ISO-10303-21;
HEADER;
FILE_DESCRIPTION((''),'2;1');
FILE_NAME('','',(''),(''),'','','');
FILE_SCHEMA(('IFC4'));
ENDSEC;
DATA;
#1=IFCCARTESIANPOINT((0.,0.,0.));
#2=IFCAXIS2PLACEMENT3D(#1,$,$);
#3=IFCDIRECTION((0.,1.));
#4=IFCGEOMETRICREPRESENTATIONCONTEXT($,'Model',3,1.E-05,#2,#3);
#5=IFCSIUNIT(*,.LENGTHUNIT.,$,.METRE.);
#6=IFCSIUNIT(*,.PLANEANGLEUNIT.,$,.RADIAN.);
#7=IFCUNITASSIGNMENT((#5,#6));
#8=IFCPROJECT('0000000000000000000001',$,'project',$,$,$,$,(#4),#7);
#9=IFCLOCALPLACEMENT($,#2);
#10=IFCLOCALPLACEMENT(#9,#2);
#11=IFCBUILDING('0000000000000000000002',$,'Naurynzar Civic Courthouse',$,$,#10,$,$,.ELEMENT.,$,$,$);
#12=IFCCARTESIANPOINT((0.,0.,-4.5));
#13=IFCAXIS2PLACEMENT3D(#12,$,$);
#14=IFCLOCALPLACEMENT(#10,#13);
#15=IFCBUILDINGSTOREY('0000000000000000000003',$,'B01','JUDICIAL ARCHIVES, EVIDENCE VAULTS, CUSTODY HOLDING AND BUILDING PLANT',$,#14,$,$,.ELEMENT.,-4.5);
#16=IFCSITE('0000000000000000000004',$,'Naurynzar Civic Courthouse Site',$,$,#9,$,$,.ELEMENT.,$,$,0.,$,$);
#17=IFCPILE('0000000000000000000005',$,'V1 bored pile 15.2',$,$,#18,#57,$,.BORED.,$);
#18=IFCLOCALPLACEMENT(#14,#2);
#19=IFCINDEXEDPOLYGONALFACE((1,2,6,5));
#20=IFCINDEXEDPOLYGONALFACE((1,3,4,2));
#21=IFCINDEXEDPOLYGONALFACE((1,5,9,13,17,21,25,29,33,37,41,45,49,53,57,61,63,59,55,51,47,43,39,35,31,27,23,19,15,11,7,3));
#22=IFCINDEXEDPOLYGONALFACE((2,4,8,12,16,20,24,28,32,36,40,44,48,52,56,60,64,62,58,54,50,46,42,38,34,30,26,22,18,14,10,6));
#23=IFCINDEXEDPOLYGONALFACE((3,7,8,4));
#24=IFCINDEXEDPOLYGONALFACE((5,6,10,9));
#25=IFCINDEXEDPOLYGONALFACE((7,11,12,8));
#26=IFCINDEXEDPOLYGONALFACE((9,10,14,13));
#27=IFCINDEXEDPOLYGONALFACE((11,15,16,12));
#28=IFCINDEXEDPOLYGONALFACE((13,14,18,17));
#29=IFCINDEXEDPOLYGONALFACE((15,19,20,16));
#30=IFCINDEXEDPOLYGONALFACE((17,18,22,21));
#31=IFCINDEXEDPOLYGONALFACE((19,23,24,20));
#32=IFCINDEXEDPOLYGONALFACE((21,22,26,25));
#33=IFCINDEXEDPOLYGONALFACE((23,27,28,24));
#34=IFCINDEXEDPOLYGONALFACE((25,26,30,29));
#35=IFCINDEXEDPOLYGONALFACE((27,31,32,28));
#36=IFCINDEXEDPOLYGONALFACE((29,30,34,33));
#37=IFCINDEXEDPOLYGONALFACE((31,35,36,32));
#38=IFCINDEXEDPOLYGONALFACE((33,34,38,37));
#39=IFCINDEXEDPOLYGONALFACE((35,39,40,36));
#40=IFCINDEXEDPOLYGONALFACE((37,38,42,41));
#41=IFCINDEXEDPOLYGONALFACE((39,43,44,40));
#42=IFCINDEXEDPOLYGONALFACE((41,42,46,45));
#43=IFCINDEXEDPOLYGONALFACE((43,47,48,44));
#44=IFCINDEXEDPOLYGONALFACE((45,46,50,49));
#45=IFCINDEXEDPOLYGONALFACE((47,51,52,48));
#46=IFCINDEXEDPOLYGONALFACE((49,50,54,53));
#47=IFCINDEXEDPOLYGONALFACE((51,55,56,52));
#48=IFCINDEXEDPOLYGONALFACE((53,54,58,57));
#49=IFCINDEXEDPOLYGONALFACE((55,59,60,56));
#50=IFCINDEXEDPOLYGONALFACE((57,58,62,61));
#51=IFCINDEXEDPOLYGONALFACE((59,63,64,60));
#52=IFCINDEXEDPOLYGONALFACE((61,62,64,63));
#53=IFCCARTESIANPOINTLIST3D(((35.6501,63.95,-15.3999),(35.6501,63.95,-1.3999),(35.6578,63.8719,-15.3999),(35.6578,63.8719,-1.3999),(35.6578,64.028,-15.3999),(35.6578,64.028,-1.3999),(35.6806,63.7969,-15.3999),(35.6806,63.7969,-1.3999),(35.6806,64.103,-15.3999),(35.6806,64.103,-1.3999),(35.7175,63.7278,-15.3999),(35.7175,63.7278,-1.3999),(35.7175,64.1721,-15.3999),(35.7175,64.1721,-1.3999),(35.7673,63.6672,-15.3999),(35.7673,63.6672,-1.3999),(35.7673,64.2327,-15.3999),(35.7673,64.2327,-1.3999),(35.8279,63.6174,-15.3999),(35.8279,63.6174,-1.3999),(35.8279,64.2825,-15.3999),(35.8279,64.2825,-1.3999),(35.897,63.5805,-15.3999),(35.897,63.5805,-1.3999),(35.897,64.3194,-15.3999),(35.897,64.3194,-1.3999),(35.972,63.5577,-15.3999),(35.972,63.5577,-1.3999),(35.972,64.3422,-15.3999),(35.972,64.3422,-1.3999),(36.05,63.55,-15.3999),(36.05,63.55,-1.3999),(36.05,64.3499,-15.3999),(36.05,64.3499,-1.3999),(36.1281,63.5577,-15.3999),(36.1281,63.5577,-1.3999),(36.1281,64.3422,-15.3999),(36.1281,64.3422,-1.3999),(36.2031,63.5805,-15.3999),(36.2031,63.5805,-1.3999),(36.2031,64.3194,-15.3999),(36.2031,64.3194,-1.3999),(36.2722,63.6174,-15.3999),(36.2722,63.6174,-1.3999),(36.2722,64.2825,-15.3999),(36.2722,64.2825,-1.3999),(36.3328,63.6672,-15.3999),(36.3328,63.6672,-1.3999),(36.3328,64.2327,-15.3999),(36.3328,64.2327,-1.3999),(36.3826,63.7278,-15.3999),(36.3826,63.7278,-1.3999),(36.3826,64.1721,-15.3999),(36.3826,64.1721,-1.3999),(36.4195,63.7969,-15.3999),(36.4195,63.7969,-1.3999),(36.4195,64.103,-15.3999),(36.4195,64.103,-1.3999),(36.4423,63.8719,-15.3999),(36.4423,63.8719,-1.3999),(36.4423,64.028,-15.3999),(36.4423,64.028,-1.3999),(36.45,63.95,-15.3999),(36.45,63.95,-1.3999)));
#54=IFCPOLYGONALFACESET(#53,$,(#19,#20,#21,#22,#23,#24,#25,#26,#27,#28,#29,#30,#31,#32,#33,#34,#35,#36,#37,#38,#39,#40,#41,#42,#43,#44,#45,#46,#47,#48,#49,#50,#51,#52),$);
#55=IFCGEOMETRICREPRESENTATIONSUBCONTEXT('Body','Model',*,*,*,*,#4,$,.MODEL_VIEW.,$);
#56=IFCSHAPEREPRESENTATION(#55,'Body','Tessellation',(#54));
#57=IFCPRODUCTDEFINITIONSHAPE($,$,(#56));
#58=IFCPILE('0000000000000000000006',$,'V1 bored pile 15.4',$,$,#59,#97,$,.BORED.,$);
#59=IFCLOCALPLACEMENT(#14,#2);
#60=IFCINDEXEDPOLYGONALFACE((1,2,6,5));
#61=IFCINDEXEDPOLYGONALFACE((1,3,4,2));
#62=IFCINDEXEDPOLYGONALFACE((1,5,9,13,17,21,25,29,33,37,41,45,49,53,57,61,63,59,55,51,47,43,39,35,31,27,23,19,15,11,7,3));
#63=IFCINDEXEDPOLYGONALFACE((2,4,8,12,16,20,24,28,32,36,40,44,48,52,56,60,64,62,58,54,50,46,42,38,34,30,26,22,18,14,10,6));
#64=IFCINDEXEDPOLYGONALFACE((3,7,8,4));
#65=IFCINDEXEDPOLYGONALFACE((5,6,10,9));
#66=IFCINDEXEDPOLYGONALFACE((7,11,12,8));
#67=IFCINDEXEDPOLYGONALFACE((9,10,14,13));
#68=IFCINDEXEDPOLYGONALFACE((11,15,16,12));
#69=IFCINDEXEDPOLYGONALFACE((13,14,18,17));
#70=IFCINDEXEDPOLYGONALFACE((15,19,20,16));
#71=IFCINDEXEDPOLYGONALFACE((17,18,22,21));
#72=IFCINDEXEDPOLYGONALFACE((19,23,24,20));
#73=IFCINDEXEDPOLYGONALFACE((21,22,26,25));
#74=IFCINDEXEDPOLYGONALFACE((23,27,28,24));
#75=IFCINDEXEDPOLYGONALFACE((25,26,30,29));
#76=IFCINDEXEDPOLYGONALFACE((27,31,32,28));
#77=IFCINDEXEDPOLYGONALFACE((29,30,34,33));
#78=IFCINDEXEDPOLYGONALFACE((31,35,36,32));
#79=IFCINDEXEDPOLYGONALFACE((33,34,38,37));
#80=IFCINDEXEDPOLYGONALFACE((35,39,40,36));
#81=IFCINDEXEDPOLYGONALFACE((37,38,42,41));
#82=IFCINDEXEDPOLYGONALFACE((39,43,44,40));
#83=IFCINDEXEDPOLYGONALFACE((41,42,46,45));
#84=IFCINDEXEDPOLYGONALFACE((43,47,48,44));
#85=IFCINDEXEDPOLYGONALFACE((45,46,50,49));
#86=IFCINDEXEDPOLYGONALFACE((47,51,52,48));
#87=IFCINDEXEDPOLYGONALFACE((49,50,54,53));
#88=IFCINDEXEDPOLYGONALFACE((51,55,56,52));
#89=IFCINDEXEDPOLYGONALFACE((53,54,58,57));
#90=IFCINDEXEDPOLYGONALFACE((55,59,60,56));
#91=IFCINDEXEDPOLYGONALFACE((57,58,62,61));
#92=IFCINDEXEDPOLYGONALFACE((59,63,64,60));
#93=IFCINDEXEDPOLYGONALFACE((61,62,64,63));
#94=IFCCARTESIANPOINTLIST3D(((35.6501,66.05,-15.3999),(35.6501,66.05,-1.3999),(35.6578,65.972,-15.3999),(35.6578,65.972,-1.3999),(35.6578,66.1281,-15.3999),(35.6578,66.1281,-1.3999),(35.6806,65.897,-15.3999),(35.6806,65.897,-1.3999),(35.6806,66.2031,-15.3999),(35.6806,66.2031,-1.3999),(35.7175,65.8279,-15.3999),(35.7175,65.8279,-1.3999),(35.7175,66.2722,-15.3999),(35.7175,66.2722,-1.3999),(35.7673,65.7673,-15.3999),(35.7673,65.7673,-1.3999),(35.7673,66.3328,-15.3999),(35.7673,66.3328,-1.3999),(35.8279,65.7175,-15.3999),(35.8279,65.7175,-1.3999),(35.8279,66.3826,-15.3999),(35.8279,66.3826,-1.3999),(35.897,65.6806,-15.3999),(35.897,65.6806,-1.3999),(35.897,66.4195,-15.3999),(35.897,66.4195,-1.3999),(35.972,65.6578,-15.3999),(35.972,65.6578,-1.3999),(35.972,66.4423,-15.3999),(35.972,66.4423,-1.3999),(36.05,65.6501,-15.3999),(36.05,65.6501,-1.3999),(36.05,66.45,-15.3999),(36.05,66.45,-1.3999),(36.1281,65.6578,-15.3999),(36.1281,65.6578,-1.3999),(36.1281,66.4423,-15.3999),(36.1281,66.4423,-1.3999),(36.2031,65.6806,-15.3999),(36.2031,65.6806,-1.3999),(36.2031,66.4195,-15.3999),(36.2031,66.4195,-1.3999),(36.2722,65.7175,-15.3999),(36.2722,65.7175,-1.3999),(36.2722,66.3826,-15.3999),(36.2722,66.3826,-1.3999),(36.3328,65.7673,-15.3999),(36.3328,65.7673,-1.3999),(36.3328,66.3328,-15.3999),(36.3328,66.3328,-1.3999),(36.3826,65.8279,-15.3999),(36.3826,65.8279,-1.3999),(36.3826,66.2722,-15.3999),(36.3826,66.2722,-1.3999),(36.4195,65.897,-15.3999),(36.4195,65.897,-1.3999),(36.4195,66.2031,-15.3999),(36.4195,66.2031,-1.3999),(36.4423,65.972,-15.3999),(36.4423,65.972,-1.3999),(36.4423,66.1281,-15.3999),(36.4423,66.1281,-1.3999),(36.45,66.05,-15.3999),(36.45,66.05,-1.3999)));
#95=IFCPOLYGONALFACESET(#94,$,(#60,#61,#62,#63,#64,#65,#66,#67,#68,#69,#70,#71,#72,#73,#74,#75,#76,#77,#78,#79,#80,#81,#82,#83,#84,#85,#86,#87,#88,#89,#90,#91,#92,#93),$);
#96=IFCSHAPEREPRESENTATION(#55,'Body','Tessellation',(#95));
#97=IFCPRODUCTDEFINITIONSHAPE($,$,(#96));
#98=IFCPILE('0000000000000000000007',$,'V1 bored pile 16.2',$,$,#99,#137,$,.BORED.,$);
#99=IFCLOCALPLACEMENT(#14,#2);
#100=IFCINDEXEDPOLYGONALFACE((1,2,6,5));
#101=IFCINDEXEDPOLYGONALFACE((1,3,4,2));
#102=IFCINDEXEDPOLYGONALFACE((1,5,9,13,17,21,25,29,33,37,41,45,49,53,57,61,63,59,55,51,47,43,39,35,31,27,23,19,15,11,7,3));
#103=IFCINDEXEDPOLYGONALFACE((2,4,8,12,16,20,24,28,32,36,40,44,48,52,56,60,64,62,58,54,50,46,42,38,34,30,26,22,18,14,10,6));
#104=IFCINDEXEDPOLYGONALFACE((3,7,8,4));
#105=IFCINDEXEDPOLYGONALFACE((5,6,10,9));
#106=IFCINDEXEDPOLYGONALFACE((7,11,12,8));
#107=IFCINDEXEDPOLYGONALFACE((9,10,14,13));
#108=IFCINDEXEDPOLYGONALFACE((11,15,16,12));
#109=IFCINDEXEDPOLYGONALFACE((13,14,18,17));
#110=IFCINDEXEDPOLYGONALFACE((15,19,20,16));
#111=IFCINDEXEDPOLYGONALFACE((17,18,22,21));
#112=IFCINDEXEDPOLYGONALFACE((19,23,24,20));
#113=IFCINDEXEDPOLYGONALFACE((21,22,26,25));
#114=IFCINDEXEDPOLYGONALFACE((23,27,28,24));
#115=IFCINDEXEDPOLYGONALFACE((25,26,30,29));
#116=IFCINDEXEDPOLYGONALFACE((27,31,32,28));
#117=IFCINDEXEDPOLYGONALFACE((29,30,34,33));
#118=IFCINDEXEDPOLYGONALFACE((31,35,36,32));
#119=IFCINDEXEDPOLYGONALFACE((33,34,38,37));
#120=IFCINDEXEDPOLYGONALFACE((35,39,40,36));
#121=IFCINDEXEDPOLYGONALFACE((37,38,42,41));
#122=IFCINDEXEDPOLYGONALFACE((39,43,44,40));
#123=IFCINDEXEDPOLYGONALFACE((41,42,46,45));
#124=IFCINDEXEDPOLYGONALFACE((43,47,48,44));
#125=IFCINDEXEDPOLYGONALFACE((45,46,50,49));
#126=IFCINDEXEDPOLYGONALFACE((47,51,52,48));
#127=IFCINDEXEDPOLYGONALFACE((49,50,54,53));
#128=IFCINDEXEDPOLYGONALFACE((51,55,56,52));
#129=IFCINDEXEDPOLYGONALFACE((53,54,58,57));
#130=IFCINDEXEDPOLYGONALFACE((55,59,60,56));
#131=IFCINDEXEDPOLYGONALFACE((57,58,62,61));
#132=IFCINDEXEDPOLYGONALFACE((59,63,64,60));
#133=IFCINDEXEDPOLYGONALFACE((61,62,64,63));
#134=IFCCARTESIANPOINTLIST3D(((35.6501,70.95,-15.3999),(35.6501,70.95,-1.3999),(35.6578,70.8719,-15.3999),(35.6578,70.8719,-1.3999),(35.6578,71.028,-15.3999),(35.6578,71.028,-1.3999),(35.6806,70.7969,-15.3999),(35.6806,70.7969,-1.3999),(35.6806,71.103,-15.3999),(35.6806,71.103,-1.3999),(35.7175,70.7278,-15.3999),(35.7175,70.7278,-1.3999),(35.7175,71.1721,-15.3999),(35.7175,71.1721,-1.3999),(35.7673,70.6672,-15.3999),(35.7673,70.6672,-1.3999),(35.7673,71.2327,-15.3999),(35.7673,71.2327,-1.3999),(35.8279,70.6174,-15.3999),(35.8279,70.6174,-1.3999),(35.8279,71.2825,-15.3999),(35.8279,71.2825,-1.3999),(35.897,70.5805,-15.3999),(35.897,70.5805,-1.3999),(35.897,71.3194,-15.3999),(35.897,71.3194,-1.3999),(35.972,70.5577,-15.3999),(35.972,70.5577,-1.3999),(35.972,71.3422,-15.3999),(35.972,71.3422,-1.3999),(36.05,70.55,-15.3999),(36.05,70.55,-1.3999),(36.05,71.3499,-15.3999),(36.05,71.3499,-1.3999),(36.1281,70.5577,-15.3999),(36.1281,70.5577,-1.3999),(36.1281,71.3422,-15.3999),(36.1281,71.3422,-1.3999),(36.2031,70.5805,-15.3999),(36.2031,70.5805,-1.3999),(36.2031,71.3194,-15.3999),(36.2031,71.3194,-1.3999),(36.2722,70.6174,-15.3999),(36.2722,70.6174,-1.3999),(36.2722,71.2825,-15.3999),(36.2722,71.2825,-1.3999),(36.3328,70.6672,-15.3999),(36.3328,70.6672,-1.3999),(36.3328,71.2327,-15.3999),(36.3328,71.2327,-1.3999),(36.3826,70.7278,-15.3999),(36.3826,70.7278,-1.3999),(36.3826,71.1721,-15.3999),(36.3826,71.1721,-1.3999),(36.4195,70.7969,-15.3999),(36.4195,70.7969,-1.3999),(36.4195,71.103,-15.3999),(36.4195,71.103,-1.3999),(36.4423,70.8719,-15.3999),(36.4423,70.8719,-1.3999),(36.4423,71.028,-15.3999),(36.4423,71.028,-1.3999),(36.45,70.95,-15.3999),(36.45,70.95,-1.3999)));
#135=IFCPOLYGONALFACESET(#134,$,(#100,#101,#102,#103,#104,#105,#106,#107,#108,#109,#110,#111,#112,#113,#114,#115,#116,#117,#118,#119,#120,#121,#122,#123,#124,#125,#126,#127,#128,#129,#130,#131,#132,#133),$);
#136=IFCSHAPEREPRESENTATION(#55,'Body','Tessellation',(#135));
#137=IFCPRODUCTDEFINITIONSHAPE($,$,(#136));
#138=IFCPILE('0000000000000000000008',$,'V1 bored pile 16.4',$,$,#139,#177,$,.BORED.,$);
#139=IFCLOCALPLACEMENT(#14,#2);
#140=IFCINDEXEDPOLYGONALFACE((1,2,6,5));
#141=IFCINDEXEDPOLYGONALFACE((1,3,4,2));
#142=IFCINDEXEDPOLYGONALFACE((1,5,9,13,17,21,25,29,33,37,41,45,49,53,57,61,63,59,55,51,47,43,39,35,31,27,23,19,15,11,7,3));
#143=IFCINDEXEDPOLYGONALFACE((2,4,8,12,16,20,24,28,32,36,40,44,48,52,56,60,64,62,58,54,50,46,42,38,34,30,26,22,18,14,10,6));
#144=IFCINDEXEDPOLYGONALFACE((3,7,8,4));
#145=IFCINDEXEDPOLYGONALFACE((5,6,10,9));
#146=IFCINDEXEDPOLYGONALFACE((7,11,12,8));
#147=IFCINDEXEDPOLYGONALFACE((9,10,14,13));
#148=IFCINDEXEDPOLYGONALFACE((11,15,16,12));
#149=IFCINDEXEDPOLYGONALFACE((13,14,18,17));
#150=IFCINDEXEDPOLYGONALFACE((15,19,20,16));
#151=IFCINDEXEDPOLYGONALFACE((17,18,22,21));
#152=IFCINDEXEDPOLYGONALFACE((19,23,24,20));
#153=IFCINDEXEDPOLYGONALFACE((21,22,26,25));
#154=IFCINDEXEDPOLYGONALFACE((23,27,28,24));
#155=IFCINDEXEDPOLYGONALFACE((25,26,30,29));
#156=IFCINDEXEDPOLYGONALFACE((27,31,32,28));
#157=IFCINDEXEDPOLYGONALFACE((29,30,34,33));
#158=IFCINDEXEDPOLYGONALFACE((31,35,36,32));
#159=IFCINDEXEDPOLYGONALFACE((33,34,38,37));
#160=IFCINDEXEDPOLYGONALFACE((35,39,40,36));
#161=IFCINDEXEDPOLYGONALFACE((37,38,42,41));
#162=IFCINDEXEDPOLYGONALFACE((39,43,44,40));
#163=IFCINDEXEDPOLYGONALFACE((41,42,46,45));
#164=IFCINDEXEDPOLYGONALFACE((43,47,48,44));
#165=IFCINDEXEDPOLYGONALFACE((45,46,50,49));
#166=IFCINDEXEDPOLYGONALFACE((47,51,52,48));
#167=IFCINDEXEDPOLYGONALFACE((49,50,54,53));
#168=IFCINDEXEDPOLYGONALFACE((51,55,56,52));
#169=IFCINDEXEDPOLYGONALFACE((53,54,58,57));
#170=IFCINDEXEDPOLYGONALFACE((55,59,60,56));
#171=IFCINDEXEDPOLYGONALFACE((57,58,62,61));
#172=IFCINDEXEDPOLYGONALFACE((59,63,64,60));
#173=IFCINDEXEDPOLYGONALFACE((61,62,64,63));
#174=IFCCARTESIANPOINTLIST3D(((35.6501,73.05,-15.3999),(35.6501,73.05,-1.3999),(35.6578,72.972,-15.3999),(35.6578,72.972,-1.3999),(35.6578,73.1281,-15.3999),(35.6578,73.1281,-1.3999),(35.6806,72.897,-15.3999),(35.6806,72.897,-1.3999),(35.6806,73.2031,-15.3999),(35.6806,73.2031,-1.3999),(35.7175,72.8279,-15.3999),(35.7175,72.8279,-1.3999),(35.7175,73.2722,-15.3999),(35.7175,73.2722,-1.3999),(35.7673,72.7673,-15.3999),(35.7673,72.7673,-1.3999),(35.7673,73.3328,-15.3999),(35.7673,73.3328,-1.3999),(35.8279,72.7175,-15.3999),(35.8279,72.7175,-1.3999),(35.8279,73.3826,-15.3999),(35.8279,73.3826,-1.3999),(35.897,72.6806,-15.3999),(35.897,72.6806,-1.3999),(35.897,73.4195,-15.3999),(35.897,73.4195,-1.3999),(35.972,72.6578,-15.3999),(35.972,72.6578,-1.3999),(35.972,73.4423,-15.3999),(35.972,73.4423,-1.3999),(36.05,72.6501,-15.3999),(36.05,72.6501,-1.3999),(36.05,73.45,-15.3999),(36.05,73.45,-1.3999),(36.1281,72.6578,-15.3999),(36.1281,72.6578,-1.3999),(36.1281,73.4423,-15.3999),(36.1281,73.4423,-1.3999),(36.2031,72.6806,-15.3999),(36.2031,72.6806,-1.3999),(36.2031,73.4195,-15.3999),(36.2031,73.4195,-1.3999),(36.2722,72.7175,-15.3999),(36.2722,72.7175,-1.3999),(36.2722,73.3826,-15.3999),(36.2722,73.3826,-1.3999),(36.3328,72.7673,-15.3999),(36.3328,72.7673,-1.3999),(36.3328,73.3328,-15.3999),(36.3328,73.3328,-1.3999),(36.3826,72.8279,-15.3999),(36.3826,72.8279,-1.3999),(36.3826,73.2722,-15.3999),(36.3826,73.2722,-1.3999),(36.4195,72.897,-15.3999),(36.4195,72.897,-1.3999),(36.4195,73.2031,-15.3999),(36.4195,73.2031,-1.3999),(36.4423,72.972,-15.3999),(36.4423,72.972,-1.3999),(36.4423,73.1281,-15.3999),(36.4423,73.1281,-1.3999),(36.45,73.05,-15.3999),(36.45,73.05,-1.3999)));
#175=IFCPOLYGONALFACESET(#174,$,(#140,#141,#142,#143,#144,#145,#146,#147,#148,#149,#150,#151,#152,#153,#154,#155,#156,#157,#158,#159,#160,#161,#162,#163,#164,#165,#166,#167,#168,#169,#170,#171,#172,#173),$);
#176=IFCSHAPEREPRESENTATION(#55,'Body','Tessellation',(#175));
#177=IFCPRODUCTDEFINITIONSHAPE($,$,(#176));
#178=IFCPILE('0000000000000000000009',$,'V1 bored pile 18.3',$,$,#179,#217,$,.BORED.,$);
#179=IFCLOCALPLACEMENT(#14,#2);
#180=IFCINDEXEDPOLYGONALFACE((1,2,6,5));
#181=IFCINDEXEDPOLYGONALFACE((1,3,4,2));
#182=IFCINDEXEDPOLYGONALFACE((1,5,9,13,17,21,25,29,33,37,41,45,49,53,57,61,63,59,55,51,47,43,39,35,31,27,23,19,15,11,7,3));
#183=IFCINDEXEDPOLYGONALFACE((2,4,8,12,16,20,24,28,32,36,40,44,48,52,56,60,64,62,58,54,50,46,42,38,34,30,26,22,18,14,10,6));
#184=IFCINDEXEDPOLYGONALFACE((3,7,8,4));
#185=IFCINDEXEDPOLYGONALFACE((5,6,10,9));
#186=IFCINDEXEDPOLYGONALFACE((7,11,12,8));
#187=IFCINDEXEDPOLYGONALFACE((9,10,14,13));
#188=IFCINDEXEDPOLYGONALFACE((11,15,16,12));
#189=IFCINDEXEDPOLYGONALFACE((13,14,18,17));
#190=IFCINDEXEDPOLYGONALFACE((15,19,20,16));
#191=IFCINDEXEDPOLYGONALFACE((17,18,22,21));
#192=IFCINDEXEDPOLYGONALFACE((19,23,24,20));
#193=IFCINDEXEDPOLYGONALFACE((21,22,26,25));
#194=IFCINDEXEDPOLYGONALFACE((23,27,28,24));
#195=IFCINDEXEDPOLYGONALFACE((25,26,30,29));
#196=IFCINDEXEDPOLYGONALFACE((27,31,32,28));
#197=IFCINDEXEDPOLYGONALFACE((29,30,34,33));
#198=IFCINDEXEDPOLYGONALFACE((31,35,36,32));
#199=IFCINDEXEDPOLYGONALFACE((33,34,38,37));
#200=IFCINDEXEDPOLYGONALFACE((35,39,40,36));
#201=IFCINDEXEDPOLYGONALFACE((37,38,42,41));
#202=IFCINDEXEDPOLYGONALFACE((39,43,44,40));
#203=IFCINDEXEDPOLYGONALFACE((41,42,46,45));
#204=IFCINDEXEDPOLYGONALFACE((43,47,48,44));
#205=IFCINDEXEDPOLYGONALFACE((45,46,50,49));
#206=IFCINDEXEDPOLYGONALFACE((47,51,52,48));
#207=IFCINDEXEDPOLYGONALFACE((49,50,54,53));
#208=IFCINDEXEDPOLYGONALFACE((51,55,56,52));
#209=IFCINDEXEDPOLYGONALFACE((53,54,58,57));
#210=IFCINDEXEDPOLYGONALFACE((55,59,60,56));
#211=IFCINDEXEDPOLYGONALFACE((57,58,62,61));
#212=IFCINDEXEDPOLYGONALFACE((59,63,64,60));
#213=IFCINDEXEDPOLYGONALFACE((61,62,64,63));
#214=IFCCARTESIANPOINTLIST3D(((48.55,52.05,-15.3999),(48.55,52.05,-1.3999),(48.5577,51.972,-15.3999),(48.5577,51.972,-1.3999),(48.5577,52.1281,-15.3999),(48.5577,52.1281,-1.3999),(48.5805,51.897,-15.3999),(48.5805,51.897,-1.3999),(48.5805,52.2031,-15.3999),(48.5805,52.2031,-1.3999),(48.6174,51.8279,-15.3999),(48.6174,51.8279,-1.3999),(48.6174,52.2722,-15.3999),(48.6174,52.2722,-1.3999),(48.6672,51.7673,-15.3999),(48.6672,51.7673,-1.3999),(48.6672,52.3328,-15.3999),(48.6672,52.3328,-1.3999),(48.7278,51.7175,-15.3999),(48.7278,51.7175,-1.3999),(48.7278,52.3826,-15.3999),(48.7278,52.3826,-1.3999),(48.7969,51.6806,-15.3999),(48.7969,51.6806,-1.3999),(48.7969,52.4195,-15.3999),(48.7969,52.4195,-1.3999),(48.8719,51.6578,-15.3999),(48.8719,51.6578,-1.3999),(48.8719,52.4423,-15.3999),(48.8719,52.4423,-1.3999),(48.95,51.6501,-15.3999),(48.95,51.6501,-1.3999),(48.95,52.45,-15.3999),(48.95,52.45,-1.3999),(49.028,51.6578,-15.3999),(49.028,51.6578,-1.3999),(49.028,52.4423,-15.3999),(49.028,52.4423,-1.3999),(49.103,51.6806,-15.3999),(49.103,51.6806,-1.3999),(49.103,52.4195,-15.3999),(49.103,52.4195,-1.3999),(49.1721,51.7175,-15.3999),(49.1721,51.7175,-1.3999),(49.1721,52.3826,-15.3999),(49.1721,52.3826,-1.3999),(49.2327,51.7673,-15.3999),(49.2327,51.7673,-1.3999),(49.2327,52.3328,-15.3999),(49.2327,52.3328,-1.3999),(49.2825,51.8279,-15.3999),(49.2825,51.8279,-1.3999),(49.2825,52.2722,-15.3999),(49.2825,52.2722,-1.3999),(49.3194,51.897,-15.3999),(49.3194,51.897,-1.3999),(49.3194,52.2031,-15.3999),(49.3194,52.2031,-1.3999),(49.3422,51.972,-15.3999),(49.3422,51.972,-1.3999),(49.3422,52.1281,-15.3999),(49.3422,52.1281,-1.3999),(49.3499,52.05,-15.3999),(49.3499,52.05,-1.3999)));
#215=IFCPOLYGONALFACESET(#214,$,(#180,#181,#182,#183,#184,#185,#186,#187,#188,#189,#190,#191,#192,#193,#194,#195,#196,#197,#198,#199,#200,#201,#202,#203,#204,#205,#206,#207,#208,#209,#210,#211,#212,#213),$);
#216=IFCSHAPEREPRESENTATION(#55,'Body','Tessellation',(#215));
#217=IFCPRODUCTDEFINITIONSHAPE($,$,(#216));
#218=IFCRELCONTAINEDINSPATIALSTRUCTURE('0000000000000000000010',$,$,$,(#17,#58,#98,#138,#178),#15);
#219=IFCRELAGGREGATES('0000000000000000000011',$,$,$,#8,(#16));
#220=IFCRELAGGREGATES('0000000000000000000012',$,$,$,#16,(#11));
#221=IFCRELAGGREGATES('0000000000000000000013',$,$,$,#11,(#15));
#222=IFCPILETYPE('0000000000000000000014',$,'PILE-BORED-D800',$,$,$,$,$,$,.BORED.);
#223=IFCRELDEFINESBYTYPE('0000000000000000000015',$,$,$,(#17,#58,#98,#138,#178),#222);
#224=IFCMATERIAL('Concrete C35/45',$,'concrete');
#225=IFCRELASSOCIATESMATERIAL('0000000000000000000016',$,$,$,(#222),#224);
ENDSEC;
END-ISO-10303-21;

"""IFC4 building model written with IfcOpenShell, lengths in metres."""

from ifc_helpers import new_model, si_unit, direction, frame, origin, origin_2d, place, context, subcontext, project, spatial, circle, extrude, material, material_profile, profile_set, type_object, element, save


model = new_model("IFC4")

# Units and contexts
model_context = context("Model", 3, precision=1e-05, world=origin(), true_north=direction((0.0, 1.0)))
body_context = subcontext(model_context, "Body", "Model", "MODEL_VIEW")
ifc_project = project(units=[si_unit("LENGTHUNIT", "METRE"), si_unit("PLANEANGLEUNIT", "RADIAN")], contexts=[model_context])

# Site, building, storey
site_placement = place(None, origin())
site = spatial("IfcSite", under=ifc_project, at=site_placement, Name="Naurynzar Civic Courthouse Site", CompositionType="ELEMENT", RefElevation=0.0)
building_placement = place(site_placement, origin())
building = spatial("IfcBuilding", under=site, at=building_placement, Name="Naurynzar Civic Courthouse", CompositionType="ELEMENT")
storey_placement = place(building_placement, frame((0.0, 0.0, -4.5)))
storey = spatial("IfcBuildingStorey", under=building, at=storey_placement, Name="B01", Description="JUDICIAL ARCHIVES, EVIDENCE VAULTS, CUSTODY HOLDING AND BUILDING PLANT", CompositionType="ELEMENT", Elevation=-4.5)

# Piles
ifc_material_1 = material(Name="Concrete C35/45", Category="concrete")
ifc_material_profile_1 = material_profile(ifc_material_1, circle(Radius=0.3999, at=origin_2d()), Name="PILE D800")
ifc_profile_set_1 = profile_set([ifc_material_profile_1], Name="Concrete C35/45")
pile_type = type_object("IfcPileType", Name="PILE-BORED-D800", PredefinedType="BORED", material=ifc_profile_set_1)
for number, where, z_axis, x_axis, name in (
    (1, (36.05, 63.95, -1.3999), (0.0, 0.0, -1.0), (1.0, 0.0, 0.0), "V1 bored pile 15.2"),
    (2, (36.05, 66.05, -1.3999), (0.0, 0.0, -1.0), (1.0, 0.0, 0.0), "V1 bored pile 15.4"),
    (3, (36.05, 70.95, -1.3999), (0.0, 0.0, -1.0), (1.0, 0.0, 0.0), "V1 bored pile 16.2"),
    (4, (36.05, 73.05, -1.3999), (0.0, 0.0, -1.0), (1.0, 0.0, 0.0), "V1 bored pile 16.4"),
    (5, (48.95, 52.05, -1.3999), (0.0, 0.0, -1.0), (1.0, 0.0, 0.0), "V1 bored pile 18.3"),
):
    element("IfcPile", number, at=place(storey_placement, frame(where, z_axis=z_axis, x_axis=x_axis)), inside=storey, type_object=pile_type, Name=name, PredefinedType="BORED", context=body_context, shape_type="SweptSolid", body=[
        extrude(circle(Radius=0.3999, at=origin_2d()), origin(), (0.0, 0.0, 1.0), 14.0),
    ])

save(model, "model.ifc")
